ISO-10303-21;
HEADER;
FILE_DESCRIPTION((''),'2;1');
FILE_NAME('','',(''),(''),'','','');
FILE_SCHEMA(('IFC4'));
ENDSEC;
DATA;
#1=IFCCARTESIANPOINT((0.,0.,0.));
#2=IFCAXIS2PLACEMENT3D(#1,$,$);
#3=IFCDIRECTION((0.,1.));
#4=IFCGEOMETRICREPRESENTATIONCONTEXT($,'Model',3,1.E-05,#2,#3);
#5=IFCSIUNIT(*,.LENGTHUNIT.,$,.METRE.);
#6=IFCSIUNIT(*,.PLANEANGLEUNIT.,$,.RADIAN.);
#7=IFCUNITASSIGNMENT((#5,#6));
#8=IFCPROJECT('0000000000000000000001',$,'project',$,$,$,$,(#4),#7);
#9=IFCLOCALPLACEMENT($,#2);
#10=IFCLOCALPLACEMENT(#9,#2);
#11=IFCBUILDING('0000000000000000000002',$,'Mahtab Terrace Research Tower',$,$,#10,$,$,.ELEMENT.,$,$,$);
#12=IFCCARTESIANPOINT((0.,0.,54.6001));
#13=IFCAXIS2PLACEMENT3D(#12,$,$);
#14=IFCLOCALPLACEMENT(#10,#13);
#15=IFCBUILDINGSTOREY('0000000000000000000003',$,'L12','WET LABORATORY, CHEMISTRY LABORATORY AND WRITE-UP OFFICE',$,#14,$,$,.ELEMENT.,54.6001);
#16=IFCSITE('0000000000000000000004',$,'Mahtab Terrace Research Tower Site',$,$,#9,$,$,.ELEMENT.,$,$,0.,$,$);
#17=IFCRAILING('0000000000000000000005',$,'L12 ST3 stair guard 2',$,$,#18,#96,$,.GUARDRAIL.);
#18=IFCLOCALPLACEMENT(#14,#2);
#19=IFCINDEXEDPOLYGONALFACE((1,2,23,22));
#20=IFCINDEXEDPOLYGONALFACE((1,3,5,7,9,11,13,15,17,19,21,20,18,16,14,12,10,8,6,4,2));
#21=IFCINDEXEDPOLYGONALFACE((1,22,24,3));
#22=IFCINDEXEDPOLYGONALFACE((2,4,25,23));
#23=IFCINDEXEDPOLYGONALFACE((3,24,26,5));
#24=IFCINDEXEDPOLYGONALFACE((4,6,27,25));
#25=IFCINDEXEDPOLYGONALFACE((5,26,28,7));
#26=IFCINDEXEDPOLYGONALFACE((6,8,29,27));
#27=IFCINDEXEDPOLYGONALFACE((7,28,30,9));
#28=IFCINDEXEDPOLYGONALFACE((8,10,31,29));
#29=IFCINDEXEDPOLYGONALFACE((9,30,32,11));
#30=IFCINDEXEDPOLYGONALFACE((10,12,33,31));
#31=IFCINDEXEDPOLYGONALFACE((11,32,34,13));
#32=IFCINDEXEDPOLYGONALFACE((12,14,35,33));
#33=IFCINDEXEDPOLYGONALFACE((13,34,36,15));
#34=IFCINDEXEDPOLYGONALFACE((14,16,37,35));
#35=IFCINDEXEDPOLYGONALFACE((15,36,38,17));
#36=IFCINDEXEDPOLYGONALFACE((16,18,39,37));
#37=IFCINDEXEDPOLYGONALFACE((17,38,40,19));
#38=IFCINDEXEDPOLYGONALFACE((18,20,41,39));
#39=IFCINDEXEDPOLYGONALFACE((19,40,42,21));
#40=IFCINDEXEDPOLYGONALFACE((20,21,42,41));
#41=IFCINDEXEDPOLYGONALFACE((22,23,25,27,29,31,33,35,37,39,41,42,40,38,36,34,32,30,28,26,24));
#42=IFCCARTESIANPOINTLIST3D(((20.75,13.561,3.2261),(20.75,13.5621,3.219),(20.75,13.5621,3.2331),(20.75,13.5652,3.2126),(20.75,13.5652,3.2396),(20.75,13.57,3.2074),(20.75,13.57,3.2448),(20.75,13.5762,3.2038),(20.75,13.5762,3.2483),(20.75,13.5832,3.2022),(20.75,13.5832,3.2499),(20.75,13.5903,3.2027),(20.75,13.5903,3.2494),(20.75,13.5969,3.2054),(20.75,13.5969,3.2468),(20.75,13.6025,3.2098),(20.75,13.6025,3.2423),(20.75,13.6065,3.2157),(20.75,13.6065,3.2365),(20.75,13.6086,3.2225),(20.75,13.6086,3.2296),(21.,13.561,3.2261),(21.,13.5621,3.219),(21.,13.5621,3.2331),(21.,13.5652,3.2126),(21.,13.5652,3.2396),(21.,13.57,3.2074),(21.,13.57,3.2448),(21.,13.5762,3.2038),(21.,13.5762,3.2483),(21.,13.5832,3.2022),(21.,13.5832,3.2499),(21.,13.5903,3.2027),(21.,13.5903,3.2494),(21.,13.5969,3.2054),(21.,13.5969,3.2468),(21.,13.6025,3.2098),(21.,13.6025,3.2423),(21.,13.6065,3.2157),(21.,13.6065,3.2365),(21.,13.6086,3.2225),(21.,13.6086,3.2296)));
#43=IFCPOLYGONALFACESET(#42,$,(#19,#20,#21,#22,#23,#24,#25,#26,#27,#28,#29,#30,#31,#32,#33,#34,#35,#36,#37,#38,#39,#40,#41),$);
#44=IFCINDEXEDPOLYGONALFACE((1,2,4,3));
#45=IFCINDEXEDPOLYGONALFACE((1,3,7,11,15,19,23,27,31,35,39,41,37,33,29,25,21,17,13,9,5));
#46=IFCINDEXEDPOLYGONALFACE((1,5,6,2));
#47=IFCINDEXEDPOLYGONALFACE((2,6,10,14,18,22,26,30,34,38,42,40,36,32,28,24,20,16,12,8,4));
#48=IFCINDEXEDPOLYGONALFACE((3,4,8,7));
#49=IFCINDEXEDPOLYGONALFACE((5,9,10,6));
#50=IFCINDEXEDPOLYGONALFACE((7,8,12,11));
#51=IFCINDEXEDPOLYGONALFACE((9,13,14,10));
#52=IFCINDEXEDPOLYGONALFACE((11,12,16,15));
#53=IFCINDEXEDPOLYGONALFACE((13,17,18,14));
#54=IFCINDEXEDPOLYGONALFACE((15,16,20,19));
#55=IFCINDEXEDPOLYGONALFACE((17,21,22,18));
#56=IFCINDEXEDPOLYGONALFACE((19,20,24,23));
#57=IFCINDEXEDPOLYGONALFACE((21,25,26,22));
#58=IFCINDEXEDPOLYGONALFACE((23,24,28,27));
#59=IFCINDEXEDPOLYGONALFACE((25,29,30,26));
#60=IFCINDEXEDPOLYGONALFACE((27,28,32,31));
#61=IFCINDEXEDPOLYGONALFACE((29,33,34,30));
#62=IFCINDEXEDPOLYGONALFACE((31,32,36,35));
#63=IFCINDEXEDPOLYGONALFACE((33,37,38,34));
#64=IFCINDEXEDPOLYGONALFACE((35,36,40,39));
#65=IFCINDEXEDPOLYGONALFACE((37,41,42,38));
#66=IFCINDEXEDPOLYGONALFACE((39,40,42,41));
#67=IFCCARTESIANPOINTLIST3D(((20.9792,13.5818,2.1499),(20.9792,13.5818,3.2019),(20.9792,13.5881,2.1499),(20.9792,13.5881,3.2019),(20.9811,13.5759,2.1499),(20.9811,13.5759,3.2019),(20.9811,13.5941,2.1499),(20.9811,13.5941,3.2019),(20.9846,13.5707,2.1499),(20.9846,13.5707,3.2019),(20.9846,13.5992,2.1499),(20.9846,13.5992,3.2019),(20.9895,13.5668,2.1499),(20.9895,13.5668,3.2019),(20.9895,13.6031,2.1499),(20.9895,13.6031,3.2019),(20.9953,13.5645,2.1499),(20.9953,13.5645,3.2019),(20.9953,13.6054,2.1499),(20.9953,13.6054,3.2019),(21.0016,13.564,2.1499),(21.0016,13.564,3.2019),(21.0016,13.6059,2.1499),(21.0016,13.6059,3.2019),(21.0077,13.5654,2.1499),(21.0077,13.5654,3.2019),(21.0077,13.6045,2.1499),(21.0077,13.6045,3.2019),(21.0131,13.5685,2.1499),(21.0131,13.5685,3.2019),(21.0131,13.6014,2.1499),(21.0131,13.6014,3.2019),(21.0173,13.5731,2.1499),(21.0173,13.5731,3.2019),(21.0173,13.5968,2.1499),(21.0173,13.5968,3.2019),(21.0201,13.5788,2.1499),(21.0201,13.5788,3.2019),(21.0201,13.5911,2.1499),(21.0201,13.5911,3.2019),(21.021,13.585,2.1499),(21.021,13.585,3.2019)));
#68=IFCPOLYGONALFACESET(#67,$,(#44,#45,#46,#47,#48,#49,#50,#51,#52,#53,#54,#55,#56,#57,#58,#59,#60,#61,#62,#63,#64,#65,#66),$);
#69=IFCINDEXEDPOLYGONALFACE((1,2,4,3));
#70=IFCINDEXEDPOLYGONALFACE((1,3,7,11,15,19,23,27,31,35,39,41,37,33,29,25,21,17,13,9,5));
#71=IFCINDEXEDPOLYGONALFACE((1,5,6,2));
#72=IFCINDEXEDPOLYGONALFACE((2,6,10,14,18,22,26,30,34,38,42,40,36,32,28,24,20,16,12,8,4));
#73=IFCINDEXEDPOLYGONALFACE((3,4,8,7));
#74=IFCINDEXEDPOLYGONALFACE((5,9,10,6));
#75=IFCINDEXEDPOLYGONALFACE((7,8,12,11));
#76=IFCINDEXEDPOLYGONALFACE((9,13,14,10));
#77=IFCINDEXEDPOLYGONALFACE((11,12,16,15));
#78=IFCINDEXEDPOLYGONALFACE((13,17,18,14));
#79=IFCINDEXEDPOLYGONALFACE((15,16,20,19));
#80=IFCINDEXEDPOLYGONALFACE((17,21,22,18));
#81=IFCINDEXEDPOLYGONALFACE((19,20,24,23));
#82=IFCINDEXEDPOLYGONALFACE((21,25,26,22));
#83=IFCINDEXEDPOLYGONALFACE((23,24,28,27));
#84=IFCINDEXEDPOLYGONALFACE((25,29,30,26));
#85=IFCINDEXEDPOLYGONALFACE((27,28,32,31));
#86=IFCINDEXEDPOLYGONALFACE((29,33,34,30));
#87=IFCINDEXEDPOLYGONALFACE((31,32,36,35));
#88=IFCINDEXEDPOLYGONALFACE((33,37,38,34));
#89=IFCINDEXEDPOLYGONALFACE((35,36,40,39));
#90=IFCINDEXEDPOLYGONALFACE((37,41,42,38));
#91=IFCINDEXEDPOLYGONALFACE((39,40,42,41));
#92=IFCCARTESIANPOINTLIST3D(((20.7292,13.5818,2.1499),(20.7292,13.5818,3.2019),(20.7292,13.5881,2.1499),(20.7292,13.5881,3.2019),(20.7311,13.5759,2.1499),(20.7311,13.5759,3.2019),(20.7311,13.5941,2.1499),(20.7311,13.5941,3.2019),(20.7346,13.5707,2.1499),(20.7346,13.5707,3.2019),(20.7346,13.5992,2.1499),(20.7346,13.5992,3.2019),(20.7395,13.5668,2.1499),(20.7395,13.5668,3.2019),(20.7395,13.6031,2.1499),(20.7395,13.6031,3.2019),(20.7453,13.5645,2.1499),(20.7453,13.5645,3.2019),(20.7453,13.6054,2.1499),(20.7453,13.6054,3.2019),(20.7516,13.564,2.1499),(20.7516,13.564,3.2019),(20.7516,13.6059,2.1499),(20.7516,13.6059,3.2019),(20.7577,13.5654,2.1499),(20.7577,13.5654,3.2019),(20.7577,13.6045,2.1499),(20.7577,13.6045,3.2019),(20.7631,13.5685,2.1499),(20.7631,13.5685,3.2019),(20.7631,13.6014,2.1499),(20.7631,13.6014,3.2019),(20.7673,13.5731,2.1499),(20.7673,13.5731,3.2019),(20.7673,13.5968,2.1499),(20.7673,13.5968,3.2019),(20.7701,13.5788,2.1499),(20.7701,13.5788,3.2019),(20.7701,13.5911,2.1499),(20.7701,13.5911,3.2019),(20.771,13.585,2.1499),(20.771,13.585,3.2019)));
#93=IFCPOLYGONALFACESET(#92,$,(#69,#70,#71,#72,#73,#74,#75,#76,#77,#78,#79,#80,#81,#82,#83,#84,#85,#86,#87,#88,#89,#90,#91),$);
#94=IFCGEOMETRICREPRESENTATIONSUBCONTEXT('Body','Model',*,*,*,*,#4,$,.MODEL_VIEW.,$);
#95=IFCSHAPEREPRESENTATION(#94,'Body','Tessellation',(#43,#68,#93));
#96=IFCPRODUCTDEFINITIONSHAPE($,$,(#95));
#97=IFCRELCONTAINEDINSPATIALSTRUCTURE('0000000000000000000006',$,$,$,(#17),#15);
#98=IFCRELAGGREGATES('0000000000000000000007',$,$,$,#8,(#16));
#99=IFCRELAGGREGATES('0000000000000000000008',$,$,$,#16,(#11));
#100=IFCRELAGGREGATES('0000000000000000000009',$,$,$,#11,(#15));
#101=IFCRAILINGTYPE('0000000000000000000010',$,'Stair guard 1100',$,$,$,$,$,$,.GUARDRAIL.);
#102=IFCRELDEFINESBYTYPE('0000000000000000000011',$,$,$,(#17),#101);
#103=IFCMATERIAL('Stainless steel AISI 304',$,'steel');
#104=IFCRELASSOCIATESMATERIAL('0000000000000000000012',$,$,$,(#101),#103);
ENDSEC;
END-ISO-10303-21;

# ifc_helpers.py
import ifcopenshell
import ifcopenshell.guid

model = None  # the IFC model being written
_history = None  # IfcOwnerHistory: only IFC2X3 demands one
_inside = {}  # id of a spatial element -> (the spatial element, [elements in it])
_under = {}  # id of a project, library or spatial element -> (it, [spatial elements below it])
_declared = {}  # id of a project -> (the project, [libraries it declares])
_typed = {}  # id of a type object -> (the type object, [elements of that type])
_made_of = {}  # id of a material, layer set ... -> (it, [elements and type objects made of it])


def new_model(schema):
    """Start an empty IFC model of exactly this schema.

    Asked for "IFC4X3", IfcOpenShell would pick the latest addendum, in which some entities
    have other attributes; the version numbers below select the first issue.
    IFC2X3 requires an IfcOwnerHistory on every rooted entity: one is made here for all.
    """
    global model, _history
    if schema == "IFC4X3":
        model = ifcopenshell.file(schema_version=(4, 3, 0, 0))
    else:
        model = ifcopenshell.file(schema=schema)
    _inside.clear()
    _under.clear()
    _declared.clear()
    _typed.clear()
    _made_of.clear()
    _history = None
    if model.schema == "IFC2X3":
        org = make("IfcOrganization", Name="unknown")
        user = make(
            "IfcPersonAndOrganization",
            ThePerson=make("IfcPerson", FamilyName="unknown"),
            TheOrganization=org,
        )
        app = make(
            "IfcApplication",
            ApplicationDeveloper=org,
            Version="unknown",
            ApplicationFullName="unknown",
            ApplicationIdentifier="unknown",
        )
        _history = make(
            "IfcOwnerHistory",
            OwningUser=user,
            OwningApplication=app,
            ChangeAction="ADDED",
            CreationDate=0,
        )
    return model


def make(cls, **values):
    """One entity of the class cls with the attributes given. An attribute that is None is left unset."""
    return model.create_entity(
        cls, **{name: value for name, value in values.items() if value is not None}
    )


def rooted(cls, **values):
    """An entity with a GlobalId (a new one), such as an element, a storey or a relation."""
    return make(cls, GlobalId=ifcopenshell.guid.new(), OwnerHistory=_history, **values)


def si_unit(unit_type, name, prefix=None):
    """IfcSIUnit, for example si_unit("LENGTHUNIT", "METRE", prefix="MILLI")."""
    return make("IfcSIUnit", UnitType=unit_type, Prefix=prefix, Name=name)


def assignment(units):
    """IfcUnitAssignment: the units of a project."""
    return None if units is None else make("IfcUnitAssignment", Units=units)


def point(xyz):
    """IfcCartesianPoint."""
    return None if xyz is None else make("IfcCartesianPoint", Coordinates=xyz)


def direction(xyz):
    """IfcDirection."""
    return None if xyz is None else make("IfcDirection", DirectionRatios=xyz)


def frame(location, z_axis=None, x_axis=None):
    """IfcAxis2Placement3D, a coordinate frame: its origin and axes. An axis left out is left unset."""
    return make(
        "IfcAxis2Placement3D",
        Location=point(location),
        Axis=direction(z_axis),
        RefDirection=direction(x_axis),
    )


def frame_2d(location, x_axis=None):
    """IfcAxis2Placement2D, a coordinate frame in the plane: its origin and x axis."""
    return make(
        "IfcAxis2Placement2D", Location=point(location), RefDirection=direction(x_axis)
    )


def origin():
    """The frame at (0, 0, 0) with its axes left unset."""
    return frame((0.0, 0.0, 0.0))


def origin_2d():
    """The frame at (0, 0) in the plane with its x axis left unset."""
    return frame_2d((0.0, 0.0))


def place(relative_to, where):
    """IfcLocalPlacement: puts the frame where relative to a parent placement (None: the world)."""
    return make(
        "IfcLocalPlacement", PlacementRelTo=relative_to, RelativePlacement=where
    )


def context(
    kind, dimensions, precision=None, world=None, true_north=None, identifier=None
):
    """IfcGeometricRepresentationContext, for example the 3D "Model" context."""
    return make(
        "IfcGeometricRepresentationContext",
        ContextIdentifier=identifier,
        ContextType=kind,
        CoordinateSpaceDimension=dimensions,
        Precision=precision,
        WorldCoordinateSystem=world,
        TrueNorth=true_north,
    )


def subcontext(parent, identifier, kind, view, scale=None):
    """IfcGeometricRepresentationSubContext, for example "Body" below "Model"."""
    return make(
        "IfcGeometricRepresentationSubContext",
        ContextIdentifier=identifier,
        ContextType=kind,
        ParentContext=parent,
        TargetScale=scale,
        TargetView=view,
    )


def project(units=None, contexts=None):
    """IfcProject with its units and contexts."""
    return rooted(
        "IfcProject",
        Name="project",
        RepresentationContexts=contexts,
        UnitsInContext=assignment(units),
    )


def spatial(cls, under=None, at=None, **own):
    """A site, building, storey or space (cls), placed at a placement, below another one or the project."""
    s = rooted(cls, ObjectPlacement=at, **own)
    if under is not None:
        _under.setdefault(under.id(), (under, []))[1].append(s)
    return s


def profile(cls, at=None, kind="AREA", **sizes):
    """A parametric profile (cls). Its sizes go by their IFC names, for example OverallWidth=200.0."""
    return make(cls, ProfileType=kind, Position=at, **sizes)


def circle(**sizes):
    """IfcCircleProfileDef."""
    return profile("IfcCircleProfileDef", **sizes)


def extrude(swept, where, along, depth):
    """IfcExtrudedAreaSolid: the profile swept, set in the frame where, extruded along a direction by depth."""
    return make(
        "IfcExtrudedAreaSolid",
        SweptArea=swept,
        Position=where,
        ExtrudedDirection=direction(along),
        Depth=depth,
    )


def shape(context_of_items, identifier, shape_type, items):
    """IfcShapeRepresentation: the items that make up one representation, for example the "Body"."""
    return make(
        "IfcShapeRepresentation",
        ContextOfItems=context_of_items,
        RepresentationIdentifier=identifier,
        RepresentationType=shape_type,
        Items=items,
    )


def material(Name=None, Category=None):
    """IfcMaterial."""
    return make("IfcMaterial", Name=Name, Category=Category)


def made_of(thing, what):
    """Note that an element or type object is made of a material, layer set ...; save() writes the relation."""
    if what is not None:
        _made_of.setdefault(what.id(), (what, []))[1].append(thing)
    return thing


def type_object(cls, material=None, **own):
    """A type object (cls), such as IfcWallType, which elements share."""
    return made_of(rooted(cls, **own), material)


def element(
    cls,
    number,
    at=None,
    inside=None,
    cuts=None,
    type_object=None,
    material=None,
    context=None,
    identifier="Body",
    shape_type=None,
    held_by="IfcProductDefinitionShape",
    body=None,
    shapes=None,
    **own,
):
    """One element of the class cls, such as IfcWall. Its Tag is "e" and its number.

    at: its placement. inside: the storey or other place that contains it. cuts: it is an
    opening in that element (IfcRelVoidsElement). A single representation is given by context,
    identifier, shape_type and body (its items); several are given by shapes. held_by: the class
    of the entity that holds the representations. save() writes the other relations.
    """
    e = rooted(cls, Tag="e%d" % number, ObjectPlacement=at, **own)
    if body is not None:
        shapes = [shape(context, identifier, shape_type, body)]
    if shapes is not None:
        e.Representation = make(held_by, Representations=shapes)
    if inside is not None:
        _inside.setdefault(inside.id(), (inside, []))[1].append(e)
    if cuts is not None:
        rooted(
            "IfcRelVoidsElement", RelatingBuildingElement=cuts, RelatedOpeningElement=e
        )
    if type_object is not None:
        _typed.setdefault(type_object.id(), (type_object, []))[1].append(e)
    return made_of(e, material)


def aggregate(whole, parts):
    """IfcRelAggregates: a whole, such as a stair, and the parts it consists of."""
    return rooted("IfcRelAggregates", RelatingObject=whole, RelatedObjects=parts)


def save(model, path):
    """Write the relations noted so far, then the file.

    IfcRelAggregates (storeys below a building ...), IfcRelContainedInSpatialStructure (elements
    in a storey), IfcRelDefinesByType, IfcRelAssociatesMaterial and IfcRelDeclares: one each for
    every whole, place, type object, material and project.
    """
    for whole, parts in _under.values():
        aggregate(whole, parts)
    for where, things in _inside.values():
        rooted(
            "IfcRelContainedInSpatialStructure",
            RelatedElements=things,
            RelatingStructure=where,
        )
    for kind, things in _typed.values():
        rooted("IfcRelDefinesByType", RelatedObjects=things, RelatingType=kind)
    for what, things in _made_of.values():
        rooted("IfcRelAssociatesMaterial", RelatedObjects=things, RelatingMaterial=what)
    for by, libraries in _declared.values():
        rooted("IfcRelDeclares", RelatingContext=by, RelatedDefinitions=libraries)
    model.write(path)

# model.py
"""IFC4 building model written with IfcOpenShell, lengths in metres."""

from ifc_helpers import new_model, si_unit, direction, frame, origin, origin_2d, place, context, subcontext, project, spatial, circle, extrude, material, type_object, element, save


model = new_model("IFC4")

# Units and contexts
model_context = context("Model", 3, precision=1e-05, world=origin(), true_north=direction((0.0, 1.0)))
body_context = subcontext(model_context, "Body", "Model", "MODEL_VIEW")
ifc_project = project(units=[si_unit("LENGTHUNIT", "METRE"), si_unit("PLANEANGLEUNIT", "RADIAN")], contexts=[model_context])

# Site, building, storey
site_placement = place(None, origin())
site = spatial("IfcSite", under=ifc_project, at=site_placement, Name="Mahtab Terrace Research Tower Site", CompositionType="ELEMENT", RefElevation=0.0)
building_placement = place(site_placement, origin())
building = spatial("IfcBuilding", under=site, at=building_placement, Name="Mahtab Terrace Research Tower", CompositionType="ELEMENT")
storey_placement = place(building_placement, frame((0.0, 0.0, 54.6001)))
storey = spatial("IfcBuildingStorey", under=building, at=storey_placement, Name="L12", Description="WET LABORATORY, CHEMISTRY LABORATORY AND WRITE-UP OFFICE", CompositionType="ELEMENT", Elevation=54.6001)

# Railing
ifc_material_1 = material(Name="Stainless steel AISI 304", Category="steel")
railing_type_1 = type_object("IfcRailingType", Name="Stair guard 1100", PredefinedType="GUARDRAIL", material=ifc_material_1)
railing_1_placement = place(storey_placement, frame((21.0, 13.585, 2.1499)))
element("IfcRailing", 1, at=railing_1_placement, inside=storey, type_object=railing_type_1, Name="L12 ST3 stair guard 2", PredefinedType="GUARDRAIL", context=body_context, shape_type="SweptSolid", body=[
    extrude(circle(Radius=0.0239, at=origin_2d()), frame((0.0, 0.0, 1.0762), z_axis=(-1.0, 0.0, 0.0), x_axis=(0.0, -1.0, 0.0)), (0.0, 0.0, 1.0), 0.25),
    extrude(circle(Radius=0.021, at=origin_2d()), origin(), (0.0, 0.0, 1.0), 1.052),
    extrude(circle(Radius=0.021, at=origin_2d()), frame((-0.25, 0.0, 0.0)), (0.0, 0.0, 1.0), 1.052),
])

save(model, "model.ifc")
